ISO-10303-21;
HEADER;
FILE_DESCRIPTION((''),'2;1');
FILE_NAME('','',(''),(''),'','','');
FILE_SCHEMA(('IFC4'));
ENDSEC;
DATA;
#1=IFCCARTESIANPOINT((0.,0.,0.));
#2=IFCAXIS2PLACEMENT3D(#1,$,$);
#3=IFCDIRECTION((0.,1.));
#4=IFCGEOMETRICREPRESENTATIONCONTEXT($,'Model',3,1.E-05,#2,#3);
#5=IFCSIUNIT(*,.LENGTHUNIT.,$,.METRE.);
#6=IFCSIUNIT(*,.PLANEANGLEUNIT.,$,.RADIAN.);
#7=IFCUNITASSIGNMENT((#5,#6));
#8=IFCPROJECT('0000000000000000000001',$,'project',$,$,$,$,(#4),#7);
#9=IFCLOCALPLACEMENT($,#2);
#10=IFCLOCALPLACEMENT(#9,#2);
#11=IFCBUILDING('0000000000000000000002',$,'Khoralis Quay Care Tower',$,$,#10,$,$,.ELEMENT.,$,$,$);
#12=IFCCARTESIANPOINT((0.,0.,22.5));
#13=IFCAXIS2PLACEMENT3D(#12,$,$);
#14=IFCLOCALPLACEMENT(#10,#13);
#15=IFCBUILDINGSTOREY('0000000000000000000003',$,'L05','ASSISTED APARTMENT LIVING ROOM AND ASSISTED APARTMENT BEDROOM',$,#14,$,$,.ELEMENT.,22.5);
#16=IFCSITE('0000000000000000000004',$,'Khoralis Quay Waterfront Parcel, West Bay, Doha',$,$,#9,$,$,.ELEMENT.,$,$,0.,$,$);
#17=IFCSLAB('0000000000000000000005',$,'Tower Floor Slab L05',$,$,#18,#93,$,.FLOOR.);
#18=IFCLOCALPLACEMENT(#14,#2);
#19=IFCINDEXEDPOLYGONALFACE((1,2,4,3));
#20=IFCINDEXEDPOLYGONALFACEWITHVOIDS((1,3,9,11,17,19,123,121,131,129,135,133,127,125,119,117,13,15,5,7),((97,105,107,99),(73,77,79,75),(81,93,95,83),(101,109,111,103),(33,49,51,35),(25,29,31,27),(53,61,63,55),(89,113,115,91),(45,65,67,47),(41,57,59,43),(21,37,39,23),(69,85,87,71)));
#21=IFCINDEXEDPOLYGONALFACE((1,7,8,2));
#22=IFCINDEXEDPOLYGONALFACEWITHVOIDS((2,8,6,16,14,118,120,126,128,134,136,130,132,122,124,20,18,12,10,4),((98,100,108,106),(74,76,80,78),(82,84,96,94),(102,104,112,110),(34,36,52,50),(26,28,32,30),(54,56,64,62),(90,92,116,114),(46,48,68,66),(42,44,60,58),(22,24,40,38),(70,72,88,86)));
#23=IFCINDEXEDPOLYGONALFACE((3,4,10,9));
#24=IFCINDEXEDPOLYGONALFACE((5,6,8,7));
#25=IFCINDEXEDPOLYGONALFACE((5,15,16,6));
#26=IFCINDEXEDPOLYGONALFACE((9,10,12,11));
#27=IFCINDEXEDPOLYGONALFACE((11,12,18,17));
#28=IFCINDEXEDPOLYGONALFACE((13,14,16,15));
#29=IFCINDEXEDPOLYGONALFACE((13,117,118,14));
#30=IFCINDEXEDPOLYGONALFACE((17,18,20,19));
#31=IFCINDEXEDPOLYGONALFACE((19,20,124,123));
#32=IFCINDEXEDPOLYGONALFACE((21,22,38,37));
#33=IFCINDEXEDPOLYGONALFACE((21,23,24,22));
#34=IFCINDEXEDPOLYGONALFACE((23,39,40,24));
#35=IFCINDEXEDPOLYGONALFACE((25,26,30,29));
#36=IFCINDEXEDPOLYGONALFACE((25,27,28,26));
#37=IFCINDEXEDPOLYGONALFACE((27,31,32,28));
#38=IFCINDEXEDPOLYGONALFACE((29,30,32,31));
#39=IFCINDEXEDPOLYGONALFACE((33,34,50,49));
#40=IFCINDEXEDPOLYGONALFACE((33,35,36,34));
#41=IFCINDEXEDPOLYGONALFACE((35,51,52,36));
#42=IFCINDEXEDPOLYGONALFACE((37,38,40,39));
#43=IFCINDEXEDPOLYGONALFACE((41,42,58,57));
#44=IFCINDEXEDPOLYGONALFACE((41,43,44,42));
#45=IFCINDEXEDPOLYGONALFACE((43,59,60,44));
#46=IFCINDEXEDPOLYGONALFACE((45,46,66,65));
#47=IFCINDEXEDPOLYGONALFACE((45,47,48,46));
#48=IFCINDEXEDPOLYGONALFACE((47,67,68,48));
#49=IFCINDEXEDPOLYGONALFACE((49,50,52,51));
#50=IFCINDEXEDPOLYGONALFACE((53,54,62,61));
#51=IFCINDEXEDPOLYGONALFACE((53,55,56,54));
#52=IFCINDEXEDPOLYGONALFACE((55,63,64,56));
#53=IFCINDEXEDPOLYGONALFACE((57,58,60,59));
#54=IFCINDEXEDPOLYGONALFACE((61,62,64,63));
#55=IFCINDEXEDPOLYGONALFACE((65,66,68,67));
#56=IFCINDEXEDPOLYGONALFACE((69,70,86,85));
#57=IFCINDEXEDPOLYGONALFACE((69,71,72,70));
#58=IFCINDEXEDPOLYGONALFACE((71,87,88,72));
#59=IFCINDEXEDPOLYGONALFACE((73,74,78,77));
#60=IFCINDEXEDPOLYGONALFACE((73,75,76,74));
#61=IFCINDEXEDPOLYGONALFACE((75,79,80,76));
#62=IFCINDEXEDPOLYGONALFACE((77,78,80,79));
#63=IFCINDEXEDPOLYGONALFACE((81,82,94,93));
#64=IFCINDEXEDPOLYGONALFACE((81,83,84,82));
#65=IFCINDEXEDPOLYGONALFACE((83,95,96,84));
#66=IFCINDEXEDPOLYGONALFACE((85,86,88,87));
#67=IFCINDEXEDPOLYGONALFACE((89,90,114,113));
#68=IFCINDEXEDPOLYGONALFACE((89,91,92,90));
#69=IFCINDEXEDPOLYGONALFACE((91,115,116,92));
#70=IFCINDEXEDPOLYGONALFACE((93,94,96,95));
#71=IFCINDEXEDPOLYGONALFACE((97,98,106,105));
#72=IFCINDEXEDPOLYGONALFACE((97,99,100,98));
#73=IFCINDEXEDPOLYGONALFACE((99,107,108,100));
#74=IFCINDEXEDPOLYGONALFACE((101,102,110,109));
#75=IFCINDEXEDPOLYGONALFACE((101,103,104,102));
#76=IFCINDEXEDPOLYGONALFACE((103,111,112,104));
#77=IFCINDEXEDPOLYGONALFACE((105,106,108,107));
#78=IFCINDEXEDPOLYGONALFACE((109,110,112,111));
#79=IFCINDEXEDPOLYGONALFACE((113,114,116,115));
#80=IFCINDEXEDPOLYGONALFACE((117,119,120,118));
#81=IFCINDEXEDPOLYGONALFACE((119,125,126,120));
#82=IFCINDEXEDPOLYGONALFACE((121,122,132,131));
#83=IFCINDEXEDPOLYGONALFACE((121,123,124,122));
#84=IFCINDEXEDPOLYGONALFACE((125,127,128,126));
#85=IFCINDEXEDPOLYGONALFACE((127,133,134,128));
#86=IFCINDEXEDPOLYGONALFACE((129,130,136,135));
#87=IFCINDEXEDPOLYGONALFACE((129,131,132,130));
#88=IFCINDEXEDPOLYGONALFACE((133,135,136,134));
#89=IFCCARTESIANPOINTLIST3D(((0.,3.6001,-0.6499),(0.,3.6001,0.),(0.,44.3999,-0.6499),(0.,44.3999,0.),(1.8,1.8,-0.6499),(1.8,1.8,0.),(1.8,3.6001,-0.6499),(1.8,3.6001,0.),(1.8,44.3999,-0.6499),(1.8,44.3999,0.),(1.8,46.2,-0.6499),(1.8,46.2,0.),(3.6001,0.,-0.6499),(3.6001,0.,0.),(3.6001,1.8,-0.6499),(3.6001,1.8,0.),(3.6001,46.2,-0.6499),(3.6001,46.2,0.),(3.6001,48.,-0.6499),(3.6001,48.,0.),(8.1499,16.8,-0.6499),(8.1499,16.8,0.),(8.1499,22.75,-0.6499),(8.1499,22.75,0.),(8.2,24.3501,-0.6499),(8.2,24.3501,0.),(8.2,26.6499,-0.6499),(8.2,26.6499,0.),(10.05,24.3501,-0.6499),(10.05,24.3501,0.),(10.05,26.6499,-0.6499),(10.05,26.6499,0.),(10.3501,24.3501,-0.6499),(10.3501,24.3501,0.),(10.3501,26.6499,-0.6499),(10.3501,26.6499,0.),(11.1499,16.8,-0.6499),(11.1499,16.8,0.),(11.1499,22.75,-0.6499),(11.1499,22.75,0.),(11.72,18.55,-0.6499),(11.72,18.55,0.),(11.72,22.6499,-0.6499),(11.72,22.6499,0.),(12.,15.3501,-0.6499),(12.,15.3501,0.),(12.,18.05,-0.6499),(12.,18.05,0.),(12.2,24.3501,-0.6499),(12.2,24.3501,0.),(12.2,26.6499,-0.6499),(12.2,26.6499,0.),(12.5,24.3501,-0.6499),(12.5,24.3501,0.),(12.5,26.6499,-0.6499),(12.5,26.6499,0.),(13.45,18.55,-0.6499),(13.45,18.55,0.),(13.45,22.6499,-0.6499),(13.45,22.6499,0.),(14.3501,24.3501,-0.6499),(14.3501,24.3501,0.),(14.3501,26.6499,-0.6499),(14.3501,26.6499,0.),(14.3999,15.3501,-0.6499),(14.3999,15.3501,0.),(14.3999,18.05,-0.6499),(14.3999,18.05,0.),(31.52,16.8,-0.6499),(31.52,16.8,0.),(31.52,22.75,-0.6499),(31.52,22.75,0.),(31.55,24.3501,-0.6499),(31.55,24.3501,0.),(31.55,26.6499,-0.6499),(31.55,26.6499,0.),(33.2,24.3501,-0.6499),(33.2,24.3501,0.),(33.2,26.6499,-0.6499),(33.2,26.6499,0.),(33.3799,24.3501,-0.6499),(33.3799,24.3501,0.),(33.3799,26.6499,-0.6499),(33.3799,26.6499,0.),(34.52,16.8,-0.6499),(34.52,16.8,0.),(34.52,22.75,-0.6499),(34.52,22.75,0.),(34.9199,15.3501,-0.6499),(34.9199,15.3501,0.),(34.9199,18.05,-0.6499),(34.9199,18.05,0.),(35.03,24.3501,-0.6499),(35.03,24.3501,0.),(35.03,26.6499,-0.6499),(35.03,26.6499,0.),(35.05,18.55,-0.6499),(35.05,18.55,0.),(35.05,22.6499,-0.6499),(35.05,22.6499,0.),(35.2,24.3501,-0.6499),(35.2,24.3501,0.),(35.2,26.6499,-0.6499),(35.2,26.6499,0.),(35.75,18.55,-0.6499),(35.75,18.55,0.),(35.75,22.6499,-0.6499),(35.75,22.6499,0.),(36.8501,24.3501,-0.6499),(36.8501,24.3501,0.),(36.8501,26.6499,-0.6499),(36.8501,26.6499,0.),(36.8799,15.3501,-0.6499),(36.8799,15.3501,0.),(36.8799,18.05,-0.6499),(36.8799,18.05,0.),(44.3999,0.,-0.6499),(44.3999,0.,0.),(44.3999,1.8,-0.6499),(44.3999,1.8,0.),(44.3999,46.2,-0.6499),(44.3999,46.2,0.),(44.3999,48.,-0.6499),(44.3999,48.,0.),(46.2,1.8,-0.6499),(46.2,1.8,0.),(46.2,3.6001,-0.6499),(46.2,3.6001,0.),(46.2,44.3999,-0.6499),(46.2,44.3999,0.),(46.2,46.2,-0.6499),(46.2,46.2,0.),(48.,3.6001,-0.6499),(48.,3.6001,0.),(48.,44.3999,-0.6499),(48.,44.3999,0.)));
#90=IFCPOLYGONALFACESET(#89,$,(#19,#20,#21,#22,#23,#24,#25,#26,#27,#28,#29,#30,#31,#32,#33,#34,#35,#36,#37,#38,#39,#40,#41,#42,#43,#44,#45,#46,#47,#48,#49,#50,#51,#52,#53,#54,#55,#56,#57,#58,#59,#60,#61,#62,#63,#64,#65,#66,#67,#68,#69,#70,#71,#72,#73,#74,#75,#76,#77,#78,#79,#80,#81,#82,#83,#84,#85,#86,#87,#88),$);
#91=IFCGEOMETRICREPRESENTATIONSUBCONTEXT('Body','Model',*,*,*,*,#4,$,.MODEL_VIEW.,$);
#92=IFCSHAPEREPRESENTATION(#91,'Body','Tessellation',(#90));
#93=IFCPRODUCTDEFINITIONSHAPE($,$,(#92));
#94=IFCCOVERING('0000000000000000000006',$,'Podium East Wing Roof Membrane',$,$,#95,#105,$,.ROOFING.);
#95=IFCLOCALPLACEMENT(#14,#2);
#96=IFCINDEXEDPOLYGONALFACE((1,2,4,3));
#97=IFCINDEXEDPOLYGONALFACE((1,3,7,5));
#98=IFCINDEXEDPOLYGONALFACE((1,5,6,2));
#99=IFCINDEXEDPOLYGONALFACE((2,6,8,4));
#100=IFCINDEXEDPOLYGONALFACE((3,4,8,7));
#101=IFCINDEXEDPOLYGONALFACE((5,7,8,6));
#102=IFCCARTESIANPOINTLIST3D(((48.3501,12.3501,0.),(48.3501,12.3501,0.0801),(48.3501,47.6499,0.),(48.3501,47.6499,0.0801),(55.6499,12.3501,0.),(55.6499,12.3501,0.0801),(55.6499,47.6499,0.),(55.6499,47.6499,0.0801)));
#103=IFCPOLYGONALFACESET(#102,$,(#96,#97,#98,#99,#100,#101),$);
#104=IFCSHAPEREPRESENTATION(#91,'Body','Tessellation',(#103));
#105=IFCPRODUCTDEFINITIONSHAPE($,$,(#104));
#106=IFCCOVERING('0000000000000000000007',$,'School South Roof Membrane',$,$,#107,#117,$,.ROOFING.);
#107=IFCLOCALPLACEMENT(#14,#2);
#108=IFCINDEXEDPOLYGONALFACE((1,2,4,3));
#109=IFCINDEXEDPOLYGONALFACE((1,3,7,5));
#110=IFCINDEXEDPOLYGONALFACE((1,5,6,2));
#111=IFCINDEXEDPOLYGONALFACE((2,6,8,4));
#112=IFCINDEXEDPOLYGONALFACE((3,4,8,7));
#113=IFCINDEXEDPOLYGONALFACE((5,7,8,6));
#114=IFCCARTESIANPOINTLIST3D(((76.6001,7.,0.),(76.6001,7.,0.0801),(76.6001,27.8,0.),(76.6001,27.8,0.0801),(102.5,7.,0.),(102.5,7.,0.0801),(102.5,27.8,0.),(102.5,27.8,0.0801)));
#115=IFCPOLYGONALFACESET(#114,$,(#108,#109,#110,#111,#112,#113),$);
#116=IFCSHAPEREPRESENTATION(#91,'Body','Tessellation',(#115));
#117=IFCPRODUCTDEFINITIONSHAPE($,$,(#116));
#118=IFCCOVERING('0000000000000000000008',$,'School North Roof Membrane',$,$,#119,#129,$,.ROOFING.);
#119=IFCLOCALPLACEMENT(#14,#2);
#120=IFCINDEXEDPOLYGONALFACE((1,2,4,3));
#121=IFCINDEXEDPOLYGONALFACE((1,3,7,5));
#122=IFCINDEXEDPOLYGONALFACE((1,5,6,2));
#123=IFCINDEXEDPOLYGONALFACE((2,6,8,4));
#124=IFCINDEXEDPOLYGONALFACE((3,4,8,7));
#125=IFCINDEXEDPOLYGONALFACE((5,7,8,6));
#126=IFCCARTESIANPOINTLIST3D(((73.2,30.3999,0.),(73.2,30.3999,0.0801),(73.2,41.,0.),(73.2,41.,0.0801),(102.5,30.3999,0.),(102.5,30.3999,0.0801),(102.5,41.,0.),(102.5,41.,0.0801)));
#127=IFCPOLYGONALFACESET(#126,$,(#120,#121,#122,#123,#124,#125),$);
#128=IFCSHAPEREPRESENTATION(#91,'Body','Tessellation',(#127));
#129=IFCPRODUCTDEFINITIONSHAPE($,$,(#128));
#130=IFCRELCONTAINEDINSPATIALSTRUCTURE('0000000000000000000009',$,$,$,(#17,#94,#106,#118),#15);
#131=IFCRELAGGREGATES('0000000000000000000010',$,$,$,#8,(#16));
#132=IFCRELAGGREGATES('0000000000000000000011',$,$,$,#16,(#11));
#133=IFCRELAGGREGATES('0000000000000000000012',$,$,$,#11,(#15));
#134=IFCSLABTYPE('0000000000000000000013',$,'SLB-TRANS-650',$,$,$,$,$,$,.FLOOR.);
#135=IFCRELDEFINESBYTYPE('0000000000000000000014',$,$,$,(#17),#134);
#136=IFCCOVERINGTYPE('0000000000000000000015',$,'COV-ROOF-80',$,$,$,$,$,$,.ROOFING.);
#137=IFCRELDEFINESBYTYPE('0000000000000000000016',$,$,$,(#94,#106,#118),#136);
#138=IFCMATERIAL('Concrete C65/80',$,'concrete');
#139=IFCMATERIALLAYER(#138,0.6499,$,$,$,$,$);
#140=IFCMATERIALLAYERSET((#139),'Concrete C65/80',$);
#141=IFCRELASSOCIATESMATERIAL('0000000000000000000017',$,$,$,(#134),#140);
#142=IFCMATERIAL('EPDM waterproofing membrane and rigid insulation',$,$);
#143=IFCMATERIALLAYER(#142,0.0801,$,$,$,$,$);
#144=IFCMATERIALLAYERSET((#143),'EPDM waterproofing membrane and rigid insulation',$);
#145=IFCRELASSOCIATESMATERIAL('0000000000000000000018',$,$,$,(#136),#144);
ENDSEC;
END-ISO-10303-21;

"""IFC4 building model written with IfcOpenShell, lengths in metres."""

from ifc_helpers import new_model, si_unit, direction, frame, origin, place, context, subcontext, project, spatial, polyline, outline, extrude, material, layer, layer_set, type_object, element, save


model = new_model("IFC4")

# Units and contexts
model_context = context("Model", 3, precision=1e-05, world=origin(), true_north=direction((0.0, 1.0)))
body_context = subcontext(model_context, "Body", "Model", "MODEL_VIEW")
ifc_project = project(units=[si_unit("LENGTHUNIT", "METRE"), si_unit("PLANEANGLEUNIT", "RADIAN")], contexts=[model_context])

# Site, building, storey
site_placement = place(None, origin())
site = spatial("IfcSite", under=ifc_project, at=site_placement, Name="Khoralis Quay Waterfront Parcel, West Bay, Doha", CompositionType="ELEMENT", RefElevation=0.0)
building_placement = place(site_placement, origin())
building = spatial("IfcBuilding", under=site, at=building_placement, Name="Khoralis Quay Care Tower", CompositionType="ELEMENT")
storey_placement = place(building_placement, frame((0.0, 0.0, 22.5)))
storey = spatial("IfcBuildingStorey", under=building, at=storey_placement, Name="L05", Description="ASSISTED APARTMENT LIVING ROOM AND ASSISTED APARTMENT BEDROOM", CompositionType="ELEMENT", Elevation=22.5)

# Slab
ifc_material_1 = material(Name="Concrete C65/80", Category="concrete")
ifc_layer_1 = layer(ifc_material_1, 0.6499)
ifc_layer_set_1 = layer_set([ifc_layer_1], Name="Concrete C65/80")
slab_type_1 = type_object("IfcSlabType", Name="SLB-TRANS-650", PredefinedType="FLOOR", material=ifc_layer_set_1)
slab_1_placement = place(storey_placement, frame((0.0, 0.0, -0.6499)))
element("IfcSlab", 1, at=slab_1_placement, inside=storey, type_object=slab_type_1, Name="Tower Floor Slab L05", PredefinedType="FLOOR", context=body_context, shape_type="SweptSolid", body=[
    extrude(outline(polyline([(3.6001, 0.0), (44.3999, 0.0), (44.3999, 1.8), (46.2, 1.8), (46.2, 3.6001), (48.0, 3.6001), (48.0, 44.3999), (46.2, 44.3999), (46.2, 46.2), (44.3999, 46.2), (44.3999, 48.0), (3.6001, 48.0), (3.6001, 46.2), (1.8, 46.2), (1.8, 44.3999), (0.0, 44.3999), (0.0, 3.6001), (1.8, 3.6001), (1.8, 1.8), (3.6001, 1.8), (3.6001, 0.0)]), holes=[polyline([(11.1499, 16.8), (11.1499, 22.75), (8.1499, 22.75), (8.1499, 16.8), (11.1499, 16.8)]), polyline([(34.52, 16.8), (34.52, 22.75), (31.52, 22.75), (31.52, 16.8), (34.52, 16.8)]), polyline([(12.0, 15.3501), (14.3999, 15.3501), (14.3999, 18.05), (12.0, 18.05), (12.0, 15.3501)]), polyline([(34.9199, 15.3501), (36.8799, 15.3501), (36.8799, 18.05), (34.9199, 18.05), (34.9199, 15.3501)]), polyline([(8.2, 24.3501), (10.05, 24.3501), (10.05, 26.6499), (8.2, 26.6499), (8.2, 24.3501)]), polyline([(31.55, 24.3501), (33.2, 24.3501), (33.2, 26.6499), (31.55, 26.6499), (31.55, 24.3501)]), polyline([(10.3501, 24.3501), (12.2, 24.3501), (12.2, 26.6499), (10.3501, 26.6499), (10.3501, 24.3501)]), polyline([(33.3799, 24.3501), (35.03, 24.3501), (35.03, 26.6499), (33.3799, 26.6499), (33.3799, 24.3501)]), polyline([(12.5, 24.3501), (14.3501, 24.3501), (14.3501, 26.6499), (12.5, 26.6499), (12.5, 24.3501)]), polyline([(35.2, 24.3501), (36.8501, 24.3501), (36.8501, 26.6499), (35.2, 26.6499), (35.2, 24.3501)]), polyline([(11.72, 18.55), (13.45, 18.55), (13.45, 22.6499), (11.72, 22.6499), (11.72, 18.55)]), polyline([(35.05, 18.55), (35.75, 18.55), (35.75, 22.6499), (35.05, 22.6499), (35.05, 18.55)])]), origin(), (0.0, 0.0, 1.0), 0.6499),
])

# Coverings
ifc_material_2 = material(Name="EPDM waterproofing membrane and rigid insulation")
ifc_layer_2 = layer(ifc_material_2, 0.0801)
ifc_layer_set_2 = layer_set([ifc_layer_2], Name="EPDM waterproofing membrane and rigid insulation")
covering_type = type_object("IfcCoveringType", Name="COV-ROOF-80", PredefinedType="ROOFING", material=ifc_layer_set_2)
covering_1_placement = place(storey_placement, origin())
element("IfcCovering", 2, at=covering_1_placement, inside=storey, type_object=covering_type, Name="Podium East Wing Roof Membrane", PredefinedType="ROOFING", context=body_context, shape_type="SweptSolid", body=[
    extrude(outline(polyline([(48.3501, 12.3501), (55.6499, 12.3501), (55.6499, 47.6499), (48.3501, 47.6499), (48.3501, 12.3501)])), origin(), (0.0, 0.0, 1.0), 0.0801),
])
covering_2_placement = place(storey_placement, origin())
element("IfcCovering", 3, at=covering_2_placement, inside=storey, type_object=covering_type, Name="School South Roof Membrane", PredefinedType="ROOFING", context=body_context, shape_type="SweptSolid", body=[
    extrude(outline(polyline([(76.6001, 7.0), (102.5, 7.0), (102.5, 27.8), (76.6001, 27.8), (76.6001, 7.0)])), origin(), (0.0, 0.0, 1.0), 0.0801),
])
covering_3_placement = place(storey_placement, origin())
element("IfcCovering", 4, at=covering_3_placement, inside=storey, type_object=covering_type, Name="School North Roof Membrane", PredefinedType="ROOFING", context=body_context, shape_type="SweptSolid", body=[
    extrude(outline(polyline([(73.2, 30.3999), (102.5, 30.3999), (102.5, 41.0), (73.2, 41.0), (73.2, 30.3999)])), origin(), (0.0, 0.0, 1.0), 0.0801),
])

save(model, "model.ifc")
